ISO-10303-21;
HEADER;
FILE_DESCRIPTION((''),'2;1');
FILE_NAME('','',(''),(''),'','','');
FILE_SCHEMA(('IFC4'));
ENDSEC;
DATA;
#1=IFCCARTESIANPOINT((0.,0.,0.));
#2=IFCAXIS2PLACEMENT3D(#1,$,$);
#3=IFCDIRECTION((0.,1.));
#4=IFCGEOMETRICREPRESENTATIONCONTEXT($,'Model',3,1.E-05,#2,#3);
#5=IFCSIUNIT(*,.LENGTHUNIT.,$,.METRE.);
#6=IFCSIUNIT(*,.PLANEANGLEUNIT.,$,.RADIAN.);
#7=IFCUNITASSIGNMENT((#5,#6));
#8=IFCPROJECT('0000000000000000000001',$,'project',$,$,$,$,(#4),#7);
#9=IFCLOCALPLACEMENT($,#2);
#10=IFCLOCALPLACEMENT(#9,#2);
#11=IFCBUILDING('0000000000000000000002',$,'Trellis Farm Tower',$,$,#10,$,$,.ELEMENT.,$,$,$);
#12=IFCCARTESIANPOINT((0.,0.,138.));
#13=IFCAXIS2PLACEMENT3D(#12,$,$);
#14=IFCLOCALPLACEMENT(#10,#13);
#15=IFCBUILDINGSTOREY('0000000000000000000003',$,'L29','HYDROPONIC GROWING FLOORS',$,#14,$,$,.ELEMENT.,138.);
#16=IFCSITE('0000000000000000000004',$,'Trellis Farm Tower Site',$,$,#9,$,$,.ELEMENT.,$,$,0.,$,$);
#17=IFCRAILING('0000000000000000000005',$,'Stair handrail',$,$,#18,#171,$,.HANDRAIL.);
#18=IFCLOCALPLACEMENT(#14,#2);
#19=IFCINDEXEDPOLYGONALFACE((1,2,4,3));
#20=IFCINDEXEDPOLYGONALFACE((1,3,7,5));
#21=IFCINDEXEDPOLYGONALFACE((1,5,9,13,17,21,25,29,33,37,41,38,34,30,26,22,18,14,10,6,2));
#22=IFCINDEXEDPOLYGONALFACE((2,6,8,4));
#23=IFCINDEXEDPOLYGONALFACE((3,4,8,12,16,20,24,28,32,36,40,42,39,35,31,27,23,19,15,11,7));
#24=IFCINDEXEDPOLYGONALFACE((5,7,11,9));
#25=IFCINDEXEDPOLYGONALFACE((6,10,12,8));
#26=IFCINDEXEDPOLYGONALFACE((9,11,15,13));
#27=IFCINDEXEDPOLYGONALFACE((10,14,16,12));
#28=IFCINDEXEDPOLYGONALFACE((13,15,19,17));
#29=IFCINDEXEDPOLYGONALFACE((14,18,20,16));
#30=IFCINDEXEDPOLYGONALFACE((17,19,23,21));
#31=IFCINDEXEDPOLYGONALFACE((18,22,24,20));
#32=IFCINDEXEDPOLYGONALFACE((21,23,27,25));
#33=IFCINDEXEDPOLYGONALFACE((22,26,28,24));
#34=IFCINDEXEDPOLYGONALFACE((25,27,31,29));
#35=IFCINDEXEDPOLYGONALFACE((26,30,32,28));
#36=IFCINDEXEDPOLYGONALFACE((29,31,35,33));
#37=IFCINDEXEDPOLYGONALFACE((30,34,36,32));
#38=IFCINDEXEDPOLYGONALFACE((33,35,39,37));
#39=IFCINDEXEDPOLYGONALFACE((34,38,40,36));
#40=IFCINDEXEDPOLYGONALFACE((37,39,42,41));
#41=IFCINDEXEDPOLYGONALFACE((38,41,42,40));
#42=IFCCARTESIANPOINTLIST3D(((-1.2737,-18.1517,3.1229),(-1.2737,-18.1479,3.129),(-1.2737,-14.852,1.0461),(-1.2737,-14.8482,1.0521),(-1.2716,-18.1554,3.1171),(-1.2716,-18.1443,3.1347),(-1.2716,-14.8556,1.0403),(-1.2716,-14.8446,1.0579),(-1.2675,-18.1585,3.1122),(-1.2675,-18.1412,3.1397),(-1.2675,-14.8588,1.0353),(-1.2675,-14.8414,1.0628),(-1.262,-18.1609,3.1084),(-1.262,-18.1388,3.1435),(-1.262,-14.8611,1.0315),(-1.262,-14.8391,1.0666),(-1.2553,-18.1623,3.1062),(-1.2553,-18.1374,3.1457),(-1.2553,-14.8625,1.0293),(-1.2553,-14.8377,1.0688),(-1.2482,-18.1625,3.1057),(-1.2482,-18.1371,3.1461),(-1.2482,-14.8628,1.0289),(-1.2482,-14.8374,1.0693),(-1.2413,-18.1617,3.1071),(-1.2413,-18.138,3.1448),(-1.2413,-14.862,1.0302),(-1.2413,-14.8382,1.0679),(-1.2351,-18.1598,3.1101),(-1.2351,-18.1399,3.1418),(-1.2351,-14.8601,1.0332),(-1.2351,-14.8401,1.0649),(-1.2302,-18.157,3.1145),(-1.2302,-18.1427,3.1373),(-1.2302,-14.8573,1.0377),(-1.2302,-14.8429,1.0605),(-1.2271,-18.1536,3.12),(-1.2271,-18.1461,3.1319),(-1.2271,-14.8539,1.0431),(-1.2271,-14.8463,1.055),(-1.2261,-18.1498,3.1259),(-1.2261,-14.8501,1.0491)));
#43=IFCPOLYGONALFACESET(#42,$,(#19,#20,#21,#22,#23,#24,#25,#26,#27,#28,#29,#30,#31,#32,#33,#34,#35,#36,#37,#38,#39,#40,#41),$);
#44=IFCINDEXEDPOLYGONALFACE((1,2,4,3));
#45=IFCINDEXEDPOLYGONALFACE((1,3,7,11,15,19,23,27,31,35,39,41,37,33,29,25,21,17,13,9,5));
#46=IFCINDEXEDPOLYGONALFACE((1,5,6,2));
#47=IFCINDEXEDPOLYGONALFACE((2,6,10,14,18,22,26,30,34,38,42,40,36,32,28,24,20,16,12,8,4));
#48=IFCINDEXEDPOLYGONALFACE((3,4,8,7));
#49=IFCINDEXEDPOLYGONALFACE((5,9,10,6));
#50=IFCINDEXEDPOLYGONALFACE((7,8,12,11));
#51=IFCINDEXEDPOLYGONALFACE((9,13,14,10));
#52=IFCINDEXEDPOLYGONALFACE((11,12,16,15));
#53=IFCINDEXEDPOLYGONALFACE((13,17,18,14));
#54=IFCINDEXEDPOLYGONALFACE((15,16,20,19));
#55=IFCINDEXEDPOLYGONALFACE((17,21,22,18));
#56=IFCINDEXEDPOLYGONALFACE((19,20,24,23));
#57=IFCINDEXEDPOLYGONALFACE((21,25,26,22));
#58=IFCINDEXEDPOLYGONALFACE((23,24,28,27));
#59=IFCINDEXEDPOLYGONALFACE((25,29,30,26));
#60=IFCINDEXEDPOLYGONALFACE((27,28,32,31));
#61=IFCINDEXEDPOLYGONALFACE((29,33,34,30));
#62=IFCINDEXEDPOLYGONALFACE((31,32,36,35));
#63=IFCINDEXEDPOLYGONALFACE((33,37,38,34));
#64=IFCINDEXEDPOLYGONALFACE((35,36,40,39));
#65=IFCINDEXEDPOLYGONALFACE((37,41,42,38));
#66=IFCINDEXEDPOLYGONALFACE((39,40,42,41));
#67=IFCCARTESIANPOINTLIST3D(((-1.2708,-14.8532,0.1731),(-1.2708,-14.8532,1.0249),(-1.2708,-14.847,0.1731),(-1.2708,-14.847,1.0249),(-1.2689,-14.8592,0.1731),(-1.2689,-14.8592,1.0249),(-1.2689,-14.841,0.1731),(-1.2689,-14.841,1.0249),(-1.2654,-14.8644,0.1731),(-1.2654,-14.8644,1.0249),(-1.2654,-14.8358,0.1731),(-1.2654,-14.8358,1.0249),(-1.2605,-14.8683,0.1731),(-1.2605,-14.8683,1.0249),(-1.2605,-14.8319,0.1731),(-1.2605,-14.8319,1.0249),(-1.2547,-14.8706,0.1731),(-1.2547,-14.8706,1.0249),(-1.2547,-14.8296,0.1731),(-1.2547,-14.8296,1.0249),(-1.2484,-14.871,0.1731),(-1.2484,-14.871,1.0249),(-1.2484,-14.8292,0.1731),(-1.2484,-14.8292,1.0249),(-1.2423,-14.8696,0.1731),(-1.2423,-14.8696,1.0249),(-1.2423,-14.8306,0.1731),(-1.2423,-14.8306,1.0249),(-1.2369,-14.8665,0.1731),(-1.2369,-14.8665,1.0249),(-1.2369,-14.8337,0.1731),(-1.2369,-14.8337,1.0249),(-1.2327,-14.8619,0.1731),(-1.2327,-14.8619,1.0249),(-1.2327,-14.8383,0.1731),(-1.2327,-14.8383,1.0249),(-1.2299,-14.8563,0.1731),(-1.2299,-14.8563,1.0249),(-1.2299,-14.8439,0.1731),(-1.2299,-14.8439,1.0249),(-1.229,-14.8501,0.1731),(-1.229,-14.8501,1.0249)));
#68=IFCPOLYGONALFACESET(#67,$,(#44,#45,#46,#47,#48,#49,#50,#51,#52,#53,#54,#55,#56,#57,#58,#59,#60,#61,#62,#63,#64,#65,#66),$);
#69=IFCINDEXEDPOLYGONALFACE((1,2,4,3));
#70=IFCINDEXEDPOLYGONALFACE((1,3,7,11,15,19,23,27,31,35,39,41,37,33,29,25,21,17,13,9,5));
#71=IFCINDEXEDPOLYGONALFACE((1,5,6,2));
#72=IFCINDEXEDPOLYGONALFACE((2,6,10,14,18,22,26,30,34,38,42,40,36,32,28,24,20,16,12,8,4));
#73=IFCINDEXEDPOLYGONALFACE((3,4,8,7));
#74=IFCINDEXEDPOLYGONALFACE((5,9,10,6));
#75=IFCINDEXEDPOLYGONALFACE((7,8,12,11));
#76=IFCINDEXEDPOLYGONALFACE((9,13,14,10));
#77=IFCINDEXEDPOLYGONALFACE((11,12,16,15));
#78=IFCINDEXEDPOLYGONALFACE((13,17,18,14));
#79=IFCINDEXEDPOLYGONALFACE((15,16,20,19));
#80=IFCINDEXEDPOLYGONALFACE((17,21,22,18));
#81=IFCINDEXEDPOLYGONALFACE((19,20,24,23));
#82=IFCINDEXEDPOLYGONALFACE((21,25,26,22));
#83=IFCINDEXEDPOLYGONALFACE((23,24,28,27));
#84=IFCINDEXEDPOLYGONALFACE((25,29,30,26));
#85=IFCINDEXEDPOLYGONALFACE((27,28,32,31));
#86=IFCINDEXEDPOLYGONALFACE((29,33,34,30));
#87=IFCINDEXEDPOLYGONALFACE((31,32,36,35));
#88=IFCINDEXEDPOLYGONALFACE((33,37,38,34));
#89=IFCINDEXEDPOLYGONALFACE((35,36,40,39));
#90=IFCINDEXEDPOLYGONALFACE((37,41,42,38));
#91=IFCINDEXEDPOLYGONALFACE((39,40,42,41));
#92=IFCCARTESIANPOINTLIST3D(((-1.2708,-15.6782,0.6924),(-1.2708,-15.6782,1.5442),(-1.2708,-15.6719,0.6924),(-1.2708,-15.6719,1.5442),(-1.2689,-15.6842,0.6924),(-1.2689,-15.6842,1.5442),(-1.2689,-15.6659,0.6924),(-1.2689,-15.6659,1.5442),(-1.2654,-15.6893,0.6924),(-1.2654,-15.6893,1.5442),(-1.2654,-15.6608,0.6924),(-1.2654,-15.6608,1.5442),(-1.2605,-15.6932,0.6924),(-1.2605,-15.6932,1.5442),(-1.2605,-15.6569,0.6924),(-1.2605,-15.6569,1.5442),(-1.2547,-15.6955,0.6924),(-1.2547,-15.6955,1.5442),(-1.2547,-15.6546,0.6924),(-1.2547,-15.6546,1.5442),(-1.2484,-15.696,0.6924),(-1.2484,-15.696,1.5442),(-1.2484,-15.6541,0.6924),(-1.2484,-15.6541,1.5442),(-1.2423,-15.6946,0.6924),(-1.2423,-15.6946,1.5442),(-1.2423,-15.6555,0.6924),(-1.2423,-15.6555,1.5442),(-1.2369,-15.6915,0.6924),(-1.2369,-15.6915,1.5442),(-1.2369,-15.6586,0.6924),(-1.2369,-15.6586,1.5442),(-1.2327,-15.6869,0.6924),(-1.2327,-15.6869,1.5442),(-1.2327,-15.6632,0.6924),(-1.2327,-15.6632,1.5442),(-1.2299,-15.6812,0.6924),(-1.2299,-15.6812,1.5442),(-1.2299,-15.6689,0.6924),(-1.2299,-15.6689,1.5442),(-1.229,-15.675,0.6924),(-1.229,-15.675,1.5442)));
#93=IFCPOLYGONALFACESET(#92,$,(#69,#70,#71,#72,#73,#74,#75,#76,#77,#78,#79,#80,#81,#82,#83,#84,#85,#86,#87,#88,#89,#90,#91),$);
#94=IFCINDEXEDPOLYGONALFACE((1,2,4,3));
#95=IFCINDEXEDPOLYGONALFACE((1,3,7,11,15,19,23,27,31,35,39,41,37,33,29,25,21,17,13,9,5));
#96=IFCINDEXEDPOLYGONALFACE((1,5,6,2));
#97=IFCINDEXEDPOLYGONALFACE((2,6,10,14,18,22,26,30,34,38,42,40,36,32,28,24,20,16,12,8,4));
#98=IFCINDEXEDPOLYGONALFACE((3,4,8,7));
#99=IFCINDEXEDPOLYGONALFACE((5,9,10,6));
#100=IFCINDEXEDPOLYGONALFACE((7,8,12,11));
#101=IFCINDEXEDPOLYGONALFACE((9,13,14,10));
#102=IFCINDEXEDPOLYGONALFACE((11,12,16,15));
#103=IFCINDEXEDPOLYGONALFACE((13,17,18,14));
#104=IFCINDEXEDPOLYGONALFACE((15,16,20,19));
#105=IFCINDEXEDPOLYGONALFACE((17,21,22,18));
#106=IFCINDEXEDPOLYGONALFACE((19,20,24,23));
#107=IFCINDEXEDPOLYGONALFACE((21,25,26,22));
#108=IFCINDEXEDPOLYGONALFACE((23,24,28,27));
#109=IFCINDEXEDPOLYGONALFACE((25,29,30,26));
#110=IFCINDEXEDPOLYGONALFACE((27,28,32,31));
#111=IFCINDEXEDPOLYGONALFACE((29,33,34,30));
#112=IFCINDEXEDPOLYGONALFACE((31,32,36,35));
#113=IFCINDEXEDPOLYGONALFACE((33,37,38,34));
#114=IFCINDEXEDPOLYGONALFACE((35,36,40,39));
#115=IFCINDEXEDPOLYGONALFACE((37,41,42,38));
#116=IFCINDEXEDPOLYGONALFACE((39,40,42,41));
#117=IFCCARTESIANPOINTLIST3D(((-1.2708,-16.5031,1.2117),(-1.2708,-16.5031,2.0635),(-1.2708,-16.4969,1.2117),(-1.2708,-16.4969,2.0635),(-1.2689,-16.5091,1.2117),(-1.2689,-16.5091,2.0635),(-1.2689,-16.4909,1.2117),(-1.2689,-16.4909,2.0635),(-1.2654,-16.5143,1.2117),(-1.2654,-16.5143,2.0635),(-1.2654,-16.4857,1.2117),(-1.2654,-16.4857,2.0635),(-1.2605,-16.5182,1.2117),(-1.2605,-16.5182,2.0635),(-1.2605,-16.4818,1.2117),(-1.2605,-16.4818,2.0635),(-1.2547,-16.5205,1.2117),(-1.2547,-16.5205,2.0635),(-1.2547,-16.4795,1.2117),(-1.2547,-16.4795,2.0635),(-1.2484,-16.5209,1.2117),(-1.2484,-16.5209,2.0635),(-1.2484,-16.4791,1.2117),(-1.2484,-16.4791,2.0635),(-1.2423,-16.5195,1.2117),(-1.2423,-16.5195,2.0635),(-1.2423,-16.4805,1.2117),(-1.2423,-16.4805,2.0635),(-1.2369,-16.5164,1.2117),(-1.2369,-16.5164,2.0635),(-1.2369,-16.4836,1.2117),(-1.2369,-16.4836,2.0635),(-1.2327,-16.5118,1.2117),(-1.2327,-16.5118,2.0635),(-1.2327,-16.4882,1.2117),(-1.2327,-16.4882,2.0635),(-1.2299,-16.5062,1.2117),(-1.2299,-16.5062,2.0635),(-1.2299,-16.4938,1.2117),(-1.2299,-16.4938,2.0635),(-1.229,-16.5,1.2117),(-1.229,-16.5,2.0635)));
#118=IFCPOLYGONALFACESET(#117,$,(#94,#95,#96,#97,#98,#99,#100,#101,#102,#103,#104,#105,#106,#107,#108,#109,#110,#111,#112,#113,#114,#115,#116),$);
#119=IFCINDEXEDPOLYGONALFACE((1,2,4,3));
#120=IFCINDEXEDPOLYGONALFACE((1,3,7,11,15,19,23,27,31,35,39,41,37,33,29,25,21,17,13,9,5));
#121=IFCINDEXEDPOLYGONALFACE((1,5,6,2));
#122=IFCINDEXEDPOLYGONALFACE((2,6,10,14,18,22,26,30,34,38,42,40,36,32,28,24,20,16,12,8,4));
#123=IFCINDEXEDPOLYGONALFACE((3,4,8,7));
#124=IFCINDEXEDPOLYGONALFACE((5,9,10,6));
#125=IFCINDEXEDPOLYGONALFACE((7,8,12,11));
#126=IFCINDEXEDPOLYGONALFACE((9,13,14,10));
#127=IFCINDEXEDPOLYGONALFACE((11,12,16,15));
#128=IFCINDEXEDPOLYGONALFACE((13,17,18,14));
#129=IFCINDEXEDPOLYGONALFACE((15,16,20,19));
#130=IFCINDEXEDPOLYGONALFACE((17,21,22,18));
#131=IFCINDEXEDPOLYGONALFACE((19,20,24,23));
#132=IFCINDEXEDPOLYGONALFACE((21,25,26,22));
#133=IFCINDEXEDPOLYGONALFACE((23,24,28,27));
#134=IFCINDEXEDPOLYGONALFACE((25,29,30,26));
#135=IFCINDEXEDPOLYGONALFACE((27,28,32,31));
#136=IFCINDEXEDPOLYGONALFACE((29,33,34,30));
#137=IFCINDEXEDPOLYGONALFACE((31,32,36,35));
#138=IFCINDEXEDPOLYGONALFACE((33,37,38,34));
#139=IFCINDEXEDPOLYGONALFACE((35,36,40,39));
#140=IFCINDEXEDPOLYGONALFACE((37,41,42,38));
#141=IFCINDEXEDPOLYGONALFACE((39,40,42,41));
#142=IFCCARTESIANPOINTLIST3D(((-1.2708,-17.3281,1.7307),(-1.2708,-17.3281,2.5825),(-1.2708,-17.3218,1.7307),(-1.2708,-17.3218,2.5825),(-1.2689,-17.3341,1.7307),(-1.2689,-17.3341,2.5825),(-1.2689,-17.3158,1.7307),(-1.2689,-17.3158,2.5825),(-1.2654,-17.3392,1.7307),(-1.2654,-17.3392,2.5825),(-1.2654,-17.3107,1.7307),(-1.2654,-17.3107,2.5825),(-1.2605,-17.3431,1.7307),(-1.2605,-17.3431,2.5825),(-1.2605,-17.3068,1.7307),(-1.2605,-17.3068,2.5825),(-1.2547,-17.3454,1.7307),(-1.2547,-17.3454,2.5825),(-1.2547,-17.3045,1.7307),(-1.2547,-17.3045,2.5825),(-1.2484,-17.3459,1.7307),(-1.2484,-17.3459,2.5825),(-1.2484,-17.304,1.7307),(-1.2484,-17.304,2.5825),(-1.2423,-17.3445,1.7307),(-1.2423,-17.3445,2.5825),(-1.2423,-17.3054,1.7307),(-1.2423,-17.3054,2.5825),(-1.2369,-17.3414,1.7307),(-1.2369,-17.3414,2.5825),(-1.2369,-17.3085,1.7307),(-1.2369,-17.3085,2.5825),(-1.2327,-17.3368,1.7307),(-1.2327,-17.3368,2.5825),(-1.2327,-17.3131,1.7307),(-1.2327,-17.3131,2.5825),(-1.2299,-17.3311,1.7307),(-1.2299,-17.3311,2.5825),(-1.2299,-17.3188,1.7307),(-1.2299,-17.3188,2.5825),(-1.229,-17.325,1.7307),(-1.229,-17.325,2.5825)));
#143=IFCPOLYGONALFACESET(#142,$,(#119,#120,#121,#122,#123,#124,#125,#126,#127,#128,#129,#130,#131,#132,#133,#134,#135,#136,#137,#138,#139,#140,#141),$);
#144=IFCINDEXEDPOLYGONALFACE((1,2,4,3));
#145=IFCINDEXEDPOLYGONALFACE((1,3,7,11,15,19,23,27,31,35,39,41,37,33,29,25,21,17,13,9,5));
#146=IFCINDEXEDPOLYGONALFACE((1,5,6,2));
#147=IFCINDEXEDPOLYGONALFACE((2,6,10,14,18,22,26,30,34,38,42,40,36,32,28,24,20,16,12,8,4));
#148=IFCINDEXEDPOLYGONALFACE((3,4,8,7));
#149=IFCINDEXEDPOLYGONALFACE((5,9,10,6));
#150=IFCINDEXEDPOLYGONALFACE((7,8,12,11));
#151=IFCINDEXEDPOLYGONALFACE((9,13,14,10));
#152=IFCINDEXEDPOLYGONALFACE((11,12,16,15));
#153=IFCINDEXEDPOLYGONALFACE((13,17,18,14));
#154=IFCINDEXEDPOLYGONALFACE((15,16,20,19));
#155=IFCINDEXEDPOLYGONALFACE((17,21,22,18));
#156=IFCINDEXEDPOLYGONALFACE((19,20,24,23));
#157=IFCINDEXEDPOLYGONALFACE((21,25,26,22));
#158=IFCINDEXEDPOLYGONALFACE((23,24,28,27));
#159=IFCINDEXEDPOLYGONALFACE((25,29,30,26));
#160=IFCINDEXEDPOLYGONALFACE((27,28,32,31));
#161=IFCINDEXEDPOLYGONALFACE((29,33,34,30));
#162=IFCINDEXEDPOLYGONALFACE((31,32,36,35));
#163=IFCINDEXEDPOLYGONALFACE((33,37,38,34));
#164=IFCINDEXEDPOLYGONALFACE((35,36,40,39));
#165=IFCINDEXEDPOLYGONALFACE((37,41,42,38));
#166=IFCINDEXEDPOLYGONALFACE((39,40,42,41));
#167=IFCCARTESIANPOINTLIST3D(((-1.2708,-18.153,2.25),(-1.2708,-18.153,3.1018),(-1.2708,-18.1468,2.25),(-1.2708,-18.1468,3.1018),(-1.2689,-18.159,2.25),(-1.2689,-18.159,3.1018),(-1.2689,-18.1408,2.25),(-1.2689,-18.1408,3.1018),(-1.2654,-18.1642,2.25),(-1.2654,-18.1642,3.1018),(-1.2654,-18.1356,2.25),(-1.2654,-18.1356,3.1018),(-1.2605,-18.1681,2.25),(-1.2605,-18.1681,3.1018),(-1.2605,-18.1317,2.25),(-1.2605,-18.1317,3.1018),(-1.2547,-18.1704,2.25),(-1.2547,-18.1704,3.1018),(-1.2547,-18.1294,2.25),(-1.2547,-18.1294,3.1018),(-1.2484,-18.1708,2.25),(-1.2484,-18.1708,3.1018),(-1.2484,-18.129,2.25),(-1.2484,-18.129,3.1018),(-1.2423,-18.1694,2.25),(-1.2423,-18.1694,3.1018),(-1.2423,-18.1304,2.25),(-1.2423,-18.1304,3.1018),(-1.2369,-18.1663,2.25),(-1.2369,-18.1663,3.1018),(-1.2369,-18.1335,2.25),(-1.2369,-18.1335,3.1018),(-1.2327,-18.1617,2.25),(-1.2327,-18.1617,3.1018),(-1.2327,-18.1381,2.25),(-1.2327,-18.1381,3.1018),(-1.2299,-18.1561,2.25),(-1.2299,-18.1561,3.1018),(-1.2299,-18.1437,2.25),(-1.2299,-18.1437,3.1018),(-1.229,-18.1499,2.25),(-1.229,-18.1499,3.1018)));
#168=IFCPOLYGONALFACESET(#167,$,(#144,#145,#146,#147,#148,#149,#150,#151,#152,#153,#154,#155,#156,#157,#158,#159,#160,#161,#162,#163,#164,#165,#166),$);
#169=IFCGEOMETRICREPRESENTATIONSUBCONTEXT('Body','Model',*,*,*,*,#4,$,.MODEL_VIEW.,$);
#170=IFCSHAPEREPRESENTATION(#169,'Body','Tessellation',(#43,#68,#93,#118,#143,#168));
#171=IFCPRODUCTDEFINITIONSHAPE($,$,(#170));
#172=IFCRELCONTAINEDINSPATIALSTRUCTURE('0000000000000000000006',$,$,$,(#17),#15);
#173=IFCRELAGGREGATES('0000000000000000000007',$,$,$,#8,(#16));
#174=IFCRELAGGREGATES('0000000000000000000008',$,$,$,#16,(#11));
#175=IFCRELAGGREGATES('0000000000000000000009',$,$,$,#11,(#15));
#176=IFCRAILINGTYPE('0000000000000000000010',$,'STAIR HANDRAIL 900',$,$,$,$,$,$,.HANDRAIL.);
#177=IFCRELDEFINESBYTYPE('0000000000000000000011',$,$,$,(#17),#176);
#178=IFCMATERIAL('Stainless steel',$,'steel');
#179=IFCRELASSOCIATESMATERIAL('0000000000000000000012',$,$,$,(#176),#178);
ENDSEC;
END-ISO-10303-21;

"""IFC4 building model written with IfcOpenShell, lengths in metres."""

from ifc_helpers import new_model, si_unit, direction, frame, origin, origin_2d, place, context, subcontext, project, spatial, circle, extrude, source, transform, mapped, material, type_object, element, save


model = new_model("IFC4")

# Units and contexts
model_context = context("Model", 3, precision=1e-05, world=origin(), true_north=direction((0.0, 1.0)))
body_context = subcontext(model_context, "Body", "Model", "MODEL_VIEW")
ifc_project = project(units=[si_unit("LENGTHUNIT", "METRE"), si_unit("PLANEANGLEUNIT", "RADIAN")], contexts=[model_context])

# Site, building, storey
site_placement = place(None, origin())
site = spatial("IfcSite", under=ifc_project, at=site_placement, Name="Trellis Farm Tower Site", CompositionType="ELEMENT", RefElevation=0.0)
building_placement = place(site_placement, origin())
building = spatial("IfcBuilding", under=site, at=building_placement, Name="Trellis Farm Tower", CompositionType="ELEMENT")
storey_placement = place(building_placement, frame((0.0, 0.0, 138.0)))
storey = spatial("IfcBuildingStorey", under=building, at=storey_placement, Name="L29", Description="HYDROPONIC GROWING FLOORS", CompositionType="ELEMENT", Elevation=138.0)

# Railing
ifc_material_1 = material(Name="Stainless steel", Category="steel")
railing_type = type_object("IfcRailingType", Name="STAIR HANDRAIL 900", PredefinedType="HANDRAIL", material=ifc_material_1)
shared_shape_1 = source(origin(), body_context, "Body", "SweptSolid", [
    extrude(circle(Radius=0.0239, at=origin_2d()), frame((0.0, 0.0, 0.876), z_axis=(0.0, -0.84632, 0.532675), x_axis=(1.0, 0.0, 0.0)), (0.0, 0.0, 1.0), 3.8989),
    extrude(circle(Radius=0.021, at=origin_2d()), origin(), (0.0, 0.0, 1.0), 0.8518),
    extrude(circle(Radius=0.021, at=origin_2d()), frame((0.0, -0.825, 0.5193)), (0.0, 0.0, 1.0), 0.8518),
    extrude(circle(Radius=0.021, at=origin_2d()), frame((0.0, -1.6499, 1.0386)), (0.0, 0.0, 1.0), 0.8518),
    extrude(circle(Radius=0.021, at=origin_2d()), frame((0.0, -2.4749, 1.5576)), (0.0, 0.0, 1.0), 0.8518),
    extrude(circle(Radius=0.021, at=origin_2d()), frame((0.0, -3.2998, 2.0769)), (0.0, 0.0, 1.0), 0.8518),
])
railing_placement = place(storey_placement, frame((-1.25, -14.8501, 0.1731)))
element("IfcRailing", 1, at=railing_placement, inside=storey, type_object=railing_type, Name="Stair handrail", PredefinedType="HANDRAIL", context=body_context, shape_type="MappedRepresentation", body=[
    mapped(shared_shape_1, transform((0.0, 0.0, 0.0))),
])

save(model, "model.ifc")
